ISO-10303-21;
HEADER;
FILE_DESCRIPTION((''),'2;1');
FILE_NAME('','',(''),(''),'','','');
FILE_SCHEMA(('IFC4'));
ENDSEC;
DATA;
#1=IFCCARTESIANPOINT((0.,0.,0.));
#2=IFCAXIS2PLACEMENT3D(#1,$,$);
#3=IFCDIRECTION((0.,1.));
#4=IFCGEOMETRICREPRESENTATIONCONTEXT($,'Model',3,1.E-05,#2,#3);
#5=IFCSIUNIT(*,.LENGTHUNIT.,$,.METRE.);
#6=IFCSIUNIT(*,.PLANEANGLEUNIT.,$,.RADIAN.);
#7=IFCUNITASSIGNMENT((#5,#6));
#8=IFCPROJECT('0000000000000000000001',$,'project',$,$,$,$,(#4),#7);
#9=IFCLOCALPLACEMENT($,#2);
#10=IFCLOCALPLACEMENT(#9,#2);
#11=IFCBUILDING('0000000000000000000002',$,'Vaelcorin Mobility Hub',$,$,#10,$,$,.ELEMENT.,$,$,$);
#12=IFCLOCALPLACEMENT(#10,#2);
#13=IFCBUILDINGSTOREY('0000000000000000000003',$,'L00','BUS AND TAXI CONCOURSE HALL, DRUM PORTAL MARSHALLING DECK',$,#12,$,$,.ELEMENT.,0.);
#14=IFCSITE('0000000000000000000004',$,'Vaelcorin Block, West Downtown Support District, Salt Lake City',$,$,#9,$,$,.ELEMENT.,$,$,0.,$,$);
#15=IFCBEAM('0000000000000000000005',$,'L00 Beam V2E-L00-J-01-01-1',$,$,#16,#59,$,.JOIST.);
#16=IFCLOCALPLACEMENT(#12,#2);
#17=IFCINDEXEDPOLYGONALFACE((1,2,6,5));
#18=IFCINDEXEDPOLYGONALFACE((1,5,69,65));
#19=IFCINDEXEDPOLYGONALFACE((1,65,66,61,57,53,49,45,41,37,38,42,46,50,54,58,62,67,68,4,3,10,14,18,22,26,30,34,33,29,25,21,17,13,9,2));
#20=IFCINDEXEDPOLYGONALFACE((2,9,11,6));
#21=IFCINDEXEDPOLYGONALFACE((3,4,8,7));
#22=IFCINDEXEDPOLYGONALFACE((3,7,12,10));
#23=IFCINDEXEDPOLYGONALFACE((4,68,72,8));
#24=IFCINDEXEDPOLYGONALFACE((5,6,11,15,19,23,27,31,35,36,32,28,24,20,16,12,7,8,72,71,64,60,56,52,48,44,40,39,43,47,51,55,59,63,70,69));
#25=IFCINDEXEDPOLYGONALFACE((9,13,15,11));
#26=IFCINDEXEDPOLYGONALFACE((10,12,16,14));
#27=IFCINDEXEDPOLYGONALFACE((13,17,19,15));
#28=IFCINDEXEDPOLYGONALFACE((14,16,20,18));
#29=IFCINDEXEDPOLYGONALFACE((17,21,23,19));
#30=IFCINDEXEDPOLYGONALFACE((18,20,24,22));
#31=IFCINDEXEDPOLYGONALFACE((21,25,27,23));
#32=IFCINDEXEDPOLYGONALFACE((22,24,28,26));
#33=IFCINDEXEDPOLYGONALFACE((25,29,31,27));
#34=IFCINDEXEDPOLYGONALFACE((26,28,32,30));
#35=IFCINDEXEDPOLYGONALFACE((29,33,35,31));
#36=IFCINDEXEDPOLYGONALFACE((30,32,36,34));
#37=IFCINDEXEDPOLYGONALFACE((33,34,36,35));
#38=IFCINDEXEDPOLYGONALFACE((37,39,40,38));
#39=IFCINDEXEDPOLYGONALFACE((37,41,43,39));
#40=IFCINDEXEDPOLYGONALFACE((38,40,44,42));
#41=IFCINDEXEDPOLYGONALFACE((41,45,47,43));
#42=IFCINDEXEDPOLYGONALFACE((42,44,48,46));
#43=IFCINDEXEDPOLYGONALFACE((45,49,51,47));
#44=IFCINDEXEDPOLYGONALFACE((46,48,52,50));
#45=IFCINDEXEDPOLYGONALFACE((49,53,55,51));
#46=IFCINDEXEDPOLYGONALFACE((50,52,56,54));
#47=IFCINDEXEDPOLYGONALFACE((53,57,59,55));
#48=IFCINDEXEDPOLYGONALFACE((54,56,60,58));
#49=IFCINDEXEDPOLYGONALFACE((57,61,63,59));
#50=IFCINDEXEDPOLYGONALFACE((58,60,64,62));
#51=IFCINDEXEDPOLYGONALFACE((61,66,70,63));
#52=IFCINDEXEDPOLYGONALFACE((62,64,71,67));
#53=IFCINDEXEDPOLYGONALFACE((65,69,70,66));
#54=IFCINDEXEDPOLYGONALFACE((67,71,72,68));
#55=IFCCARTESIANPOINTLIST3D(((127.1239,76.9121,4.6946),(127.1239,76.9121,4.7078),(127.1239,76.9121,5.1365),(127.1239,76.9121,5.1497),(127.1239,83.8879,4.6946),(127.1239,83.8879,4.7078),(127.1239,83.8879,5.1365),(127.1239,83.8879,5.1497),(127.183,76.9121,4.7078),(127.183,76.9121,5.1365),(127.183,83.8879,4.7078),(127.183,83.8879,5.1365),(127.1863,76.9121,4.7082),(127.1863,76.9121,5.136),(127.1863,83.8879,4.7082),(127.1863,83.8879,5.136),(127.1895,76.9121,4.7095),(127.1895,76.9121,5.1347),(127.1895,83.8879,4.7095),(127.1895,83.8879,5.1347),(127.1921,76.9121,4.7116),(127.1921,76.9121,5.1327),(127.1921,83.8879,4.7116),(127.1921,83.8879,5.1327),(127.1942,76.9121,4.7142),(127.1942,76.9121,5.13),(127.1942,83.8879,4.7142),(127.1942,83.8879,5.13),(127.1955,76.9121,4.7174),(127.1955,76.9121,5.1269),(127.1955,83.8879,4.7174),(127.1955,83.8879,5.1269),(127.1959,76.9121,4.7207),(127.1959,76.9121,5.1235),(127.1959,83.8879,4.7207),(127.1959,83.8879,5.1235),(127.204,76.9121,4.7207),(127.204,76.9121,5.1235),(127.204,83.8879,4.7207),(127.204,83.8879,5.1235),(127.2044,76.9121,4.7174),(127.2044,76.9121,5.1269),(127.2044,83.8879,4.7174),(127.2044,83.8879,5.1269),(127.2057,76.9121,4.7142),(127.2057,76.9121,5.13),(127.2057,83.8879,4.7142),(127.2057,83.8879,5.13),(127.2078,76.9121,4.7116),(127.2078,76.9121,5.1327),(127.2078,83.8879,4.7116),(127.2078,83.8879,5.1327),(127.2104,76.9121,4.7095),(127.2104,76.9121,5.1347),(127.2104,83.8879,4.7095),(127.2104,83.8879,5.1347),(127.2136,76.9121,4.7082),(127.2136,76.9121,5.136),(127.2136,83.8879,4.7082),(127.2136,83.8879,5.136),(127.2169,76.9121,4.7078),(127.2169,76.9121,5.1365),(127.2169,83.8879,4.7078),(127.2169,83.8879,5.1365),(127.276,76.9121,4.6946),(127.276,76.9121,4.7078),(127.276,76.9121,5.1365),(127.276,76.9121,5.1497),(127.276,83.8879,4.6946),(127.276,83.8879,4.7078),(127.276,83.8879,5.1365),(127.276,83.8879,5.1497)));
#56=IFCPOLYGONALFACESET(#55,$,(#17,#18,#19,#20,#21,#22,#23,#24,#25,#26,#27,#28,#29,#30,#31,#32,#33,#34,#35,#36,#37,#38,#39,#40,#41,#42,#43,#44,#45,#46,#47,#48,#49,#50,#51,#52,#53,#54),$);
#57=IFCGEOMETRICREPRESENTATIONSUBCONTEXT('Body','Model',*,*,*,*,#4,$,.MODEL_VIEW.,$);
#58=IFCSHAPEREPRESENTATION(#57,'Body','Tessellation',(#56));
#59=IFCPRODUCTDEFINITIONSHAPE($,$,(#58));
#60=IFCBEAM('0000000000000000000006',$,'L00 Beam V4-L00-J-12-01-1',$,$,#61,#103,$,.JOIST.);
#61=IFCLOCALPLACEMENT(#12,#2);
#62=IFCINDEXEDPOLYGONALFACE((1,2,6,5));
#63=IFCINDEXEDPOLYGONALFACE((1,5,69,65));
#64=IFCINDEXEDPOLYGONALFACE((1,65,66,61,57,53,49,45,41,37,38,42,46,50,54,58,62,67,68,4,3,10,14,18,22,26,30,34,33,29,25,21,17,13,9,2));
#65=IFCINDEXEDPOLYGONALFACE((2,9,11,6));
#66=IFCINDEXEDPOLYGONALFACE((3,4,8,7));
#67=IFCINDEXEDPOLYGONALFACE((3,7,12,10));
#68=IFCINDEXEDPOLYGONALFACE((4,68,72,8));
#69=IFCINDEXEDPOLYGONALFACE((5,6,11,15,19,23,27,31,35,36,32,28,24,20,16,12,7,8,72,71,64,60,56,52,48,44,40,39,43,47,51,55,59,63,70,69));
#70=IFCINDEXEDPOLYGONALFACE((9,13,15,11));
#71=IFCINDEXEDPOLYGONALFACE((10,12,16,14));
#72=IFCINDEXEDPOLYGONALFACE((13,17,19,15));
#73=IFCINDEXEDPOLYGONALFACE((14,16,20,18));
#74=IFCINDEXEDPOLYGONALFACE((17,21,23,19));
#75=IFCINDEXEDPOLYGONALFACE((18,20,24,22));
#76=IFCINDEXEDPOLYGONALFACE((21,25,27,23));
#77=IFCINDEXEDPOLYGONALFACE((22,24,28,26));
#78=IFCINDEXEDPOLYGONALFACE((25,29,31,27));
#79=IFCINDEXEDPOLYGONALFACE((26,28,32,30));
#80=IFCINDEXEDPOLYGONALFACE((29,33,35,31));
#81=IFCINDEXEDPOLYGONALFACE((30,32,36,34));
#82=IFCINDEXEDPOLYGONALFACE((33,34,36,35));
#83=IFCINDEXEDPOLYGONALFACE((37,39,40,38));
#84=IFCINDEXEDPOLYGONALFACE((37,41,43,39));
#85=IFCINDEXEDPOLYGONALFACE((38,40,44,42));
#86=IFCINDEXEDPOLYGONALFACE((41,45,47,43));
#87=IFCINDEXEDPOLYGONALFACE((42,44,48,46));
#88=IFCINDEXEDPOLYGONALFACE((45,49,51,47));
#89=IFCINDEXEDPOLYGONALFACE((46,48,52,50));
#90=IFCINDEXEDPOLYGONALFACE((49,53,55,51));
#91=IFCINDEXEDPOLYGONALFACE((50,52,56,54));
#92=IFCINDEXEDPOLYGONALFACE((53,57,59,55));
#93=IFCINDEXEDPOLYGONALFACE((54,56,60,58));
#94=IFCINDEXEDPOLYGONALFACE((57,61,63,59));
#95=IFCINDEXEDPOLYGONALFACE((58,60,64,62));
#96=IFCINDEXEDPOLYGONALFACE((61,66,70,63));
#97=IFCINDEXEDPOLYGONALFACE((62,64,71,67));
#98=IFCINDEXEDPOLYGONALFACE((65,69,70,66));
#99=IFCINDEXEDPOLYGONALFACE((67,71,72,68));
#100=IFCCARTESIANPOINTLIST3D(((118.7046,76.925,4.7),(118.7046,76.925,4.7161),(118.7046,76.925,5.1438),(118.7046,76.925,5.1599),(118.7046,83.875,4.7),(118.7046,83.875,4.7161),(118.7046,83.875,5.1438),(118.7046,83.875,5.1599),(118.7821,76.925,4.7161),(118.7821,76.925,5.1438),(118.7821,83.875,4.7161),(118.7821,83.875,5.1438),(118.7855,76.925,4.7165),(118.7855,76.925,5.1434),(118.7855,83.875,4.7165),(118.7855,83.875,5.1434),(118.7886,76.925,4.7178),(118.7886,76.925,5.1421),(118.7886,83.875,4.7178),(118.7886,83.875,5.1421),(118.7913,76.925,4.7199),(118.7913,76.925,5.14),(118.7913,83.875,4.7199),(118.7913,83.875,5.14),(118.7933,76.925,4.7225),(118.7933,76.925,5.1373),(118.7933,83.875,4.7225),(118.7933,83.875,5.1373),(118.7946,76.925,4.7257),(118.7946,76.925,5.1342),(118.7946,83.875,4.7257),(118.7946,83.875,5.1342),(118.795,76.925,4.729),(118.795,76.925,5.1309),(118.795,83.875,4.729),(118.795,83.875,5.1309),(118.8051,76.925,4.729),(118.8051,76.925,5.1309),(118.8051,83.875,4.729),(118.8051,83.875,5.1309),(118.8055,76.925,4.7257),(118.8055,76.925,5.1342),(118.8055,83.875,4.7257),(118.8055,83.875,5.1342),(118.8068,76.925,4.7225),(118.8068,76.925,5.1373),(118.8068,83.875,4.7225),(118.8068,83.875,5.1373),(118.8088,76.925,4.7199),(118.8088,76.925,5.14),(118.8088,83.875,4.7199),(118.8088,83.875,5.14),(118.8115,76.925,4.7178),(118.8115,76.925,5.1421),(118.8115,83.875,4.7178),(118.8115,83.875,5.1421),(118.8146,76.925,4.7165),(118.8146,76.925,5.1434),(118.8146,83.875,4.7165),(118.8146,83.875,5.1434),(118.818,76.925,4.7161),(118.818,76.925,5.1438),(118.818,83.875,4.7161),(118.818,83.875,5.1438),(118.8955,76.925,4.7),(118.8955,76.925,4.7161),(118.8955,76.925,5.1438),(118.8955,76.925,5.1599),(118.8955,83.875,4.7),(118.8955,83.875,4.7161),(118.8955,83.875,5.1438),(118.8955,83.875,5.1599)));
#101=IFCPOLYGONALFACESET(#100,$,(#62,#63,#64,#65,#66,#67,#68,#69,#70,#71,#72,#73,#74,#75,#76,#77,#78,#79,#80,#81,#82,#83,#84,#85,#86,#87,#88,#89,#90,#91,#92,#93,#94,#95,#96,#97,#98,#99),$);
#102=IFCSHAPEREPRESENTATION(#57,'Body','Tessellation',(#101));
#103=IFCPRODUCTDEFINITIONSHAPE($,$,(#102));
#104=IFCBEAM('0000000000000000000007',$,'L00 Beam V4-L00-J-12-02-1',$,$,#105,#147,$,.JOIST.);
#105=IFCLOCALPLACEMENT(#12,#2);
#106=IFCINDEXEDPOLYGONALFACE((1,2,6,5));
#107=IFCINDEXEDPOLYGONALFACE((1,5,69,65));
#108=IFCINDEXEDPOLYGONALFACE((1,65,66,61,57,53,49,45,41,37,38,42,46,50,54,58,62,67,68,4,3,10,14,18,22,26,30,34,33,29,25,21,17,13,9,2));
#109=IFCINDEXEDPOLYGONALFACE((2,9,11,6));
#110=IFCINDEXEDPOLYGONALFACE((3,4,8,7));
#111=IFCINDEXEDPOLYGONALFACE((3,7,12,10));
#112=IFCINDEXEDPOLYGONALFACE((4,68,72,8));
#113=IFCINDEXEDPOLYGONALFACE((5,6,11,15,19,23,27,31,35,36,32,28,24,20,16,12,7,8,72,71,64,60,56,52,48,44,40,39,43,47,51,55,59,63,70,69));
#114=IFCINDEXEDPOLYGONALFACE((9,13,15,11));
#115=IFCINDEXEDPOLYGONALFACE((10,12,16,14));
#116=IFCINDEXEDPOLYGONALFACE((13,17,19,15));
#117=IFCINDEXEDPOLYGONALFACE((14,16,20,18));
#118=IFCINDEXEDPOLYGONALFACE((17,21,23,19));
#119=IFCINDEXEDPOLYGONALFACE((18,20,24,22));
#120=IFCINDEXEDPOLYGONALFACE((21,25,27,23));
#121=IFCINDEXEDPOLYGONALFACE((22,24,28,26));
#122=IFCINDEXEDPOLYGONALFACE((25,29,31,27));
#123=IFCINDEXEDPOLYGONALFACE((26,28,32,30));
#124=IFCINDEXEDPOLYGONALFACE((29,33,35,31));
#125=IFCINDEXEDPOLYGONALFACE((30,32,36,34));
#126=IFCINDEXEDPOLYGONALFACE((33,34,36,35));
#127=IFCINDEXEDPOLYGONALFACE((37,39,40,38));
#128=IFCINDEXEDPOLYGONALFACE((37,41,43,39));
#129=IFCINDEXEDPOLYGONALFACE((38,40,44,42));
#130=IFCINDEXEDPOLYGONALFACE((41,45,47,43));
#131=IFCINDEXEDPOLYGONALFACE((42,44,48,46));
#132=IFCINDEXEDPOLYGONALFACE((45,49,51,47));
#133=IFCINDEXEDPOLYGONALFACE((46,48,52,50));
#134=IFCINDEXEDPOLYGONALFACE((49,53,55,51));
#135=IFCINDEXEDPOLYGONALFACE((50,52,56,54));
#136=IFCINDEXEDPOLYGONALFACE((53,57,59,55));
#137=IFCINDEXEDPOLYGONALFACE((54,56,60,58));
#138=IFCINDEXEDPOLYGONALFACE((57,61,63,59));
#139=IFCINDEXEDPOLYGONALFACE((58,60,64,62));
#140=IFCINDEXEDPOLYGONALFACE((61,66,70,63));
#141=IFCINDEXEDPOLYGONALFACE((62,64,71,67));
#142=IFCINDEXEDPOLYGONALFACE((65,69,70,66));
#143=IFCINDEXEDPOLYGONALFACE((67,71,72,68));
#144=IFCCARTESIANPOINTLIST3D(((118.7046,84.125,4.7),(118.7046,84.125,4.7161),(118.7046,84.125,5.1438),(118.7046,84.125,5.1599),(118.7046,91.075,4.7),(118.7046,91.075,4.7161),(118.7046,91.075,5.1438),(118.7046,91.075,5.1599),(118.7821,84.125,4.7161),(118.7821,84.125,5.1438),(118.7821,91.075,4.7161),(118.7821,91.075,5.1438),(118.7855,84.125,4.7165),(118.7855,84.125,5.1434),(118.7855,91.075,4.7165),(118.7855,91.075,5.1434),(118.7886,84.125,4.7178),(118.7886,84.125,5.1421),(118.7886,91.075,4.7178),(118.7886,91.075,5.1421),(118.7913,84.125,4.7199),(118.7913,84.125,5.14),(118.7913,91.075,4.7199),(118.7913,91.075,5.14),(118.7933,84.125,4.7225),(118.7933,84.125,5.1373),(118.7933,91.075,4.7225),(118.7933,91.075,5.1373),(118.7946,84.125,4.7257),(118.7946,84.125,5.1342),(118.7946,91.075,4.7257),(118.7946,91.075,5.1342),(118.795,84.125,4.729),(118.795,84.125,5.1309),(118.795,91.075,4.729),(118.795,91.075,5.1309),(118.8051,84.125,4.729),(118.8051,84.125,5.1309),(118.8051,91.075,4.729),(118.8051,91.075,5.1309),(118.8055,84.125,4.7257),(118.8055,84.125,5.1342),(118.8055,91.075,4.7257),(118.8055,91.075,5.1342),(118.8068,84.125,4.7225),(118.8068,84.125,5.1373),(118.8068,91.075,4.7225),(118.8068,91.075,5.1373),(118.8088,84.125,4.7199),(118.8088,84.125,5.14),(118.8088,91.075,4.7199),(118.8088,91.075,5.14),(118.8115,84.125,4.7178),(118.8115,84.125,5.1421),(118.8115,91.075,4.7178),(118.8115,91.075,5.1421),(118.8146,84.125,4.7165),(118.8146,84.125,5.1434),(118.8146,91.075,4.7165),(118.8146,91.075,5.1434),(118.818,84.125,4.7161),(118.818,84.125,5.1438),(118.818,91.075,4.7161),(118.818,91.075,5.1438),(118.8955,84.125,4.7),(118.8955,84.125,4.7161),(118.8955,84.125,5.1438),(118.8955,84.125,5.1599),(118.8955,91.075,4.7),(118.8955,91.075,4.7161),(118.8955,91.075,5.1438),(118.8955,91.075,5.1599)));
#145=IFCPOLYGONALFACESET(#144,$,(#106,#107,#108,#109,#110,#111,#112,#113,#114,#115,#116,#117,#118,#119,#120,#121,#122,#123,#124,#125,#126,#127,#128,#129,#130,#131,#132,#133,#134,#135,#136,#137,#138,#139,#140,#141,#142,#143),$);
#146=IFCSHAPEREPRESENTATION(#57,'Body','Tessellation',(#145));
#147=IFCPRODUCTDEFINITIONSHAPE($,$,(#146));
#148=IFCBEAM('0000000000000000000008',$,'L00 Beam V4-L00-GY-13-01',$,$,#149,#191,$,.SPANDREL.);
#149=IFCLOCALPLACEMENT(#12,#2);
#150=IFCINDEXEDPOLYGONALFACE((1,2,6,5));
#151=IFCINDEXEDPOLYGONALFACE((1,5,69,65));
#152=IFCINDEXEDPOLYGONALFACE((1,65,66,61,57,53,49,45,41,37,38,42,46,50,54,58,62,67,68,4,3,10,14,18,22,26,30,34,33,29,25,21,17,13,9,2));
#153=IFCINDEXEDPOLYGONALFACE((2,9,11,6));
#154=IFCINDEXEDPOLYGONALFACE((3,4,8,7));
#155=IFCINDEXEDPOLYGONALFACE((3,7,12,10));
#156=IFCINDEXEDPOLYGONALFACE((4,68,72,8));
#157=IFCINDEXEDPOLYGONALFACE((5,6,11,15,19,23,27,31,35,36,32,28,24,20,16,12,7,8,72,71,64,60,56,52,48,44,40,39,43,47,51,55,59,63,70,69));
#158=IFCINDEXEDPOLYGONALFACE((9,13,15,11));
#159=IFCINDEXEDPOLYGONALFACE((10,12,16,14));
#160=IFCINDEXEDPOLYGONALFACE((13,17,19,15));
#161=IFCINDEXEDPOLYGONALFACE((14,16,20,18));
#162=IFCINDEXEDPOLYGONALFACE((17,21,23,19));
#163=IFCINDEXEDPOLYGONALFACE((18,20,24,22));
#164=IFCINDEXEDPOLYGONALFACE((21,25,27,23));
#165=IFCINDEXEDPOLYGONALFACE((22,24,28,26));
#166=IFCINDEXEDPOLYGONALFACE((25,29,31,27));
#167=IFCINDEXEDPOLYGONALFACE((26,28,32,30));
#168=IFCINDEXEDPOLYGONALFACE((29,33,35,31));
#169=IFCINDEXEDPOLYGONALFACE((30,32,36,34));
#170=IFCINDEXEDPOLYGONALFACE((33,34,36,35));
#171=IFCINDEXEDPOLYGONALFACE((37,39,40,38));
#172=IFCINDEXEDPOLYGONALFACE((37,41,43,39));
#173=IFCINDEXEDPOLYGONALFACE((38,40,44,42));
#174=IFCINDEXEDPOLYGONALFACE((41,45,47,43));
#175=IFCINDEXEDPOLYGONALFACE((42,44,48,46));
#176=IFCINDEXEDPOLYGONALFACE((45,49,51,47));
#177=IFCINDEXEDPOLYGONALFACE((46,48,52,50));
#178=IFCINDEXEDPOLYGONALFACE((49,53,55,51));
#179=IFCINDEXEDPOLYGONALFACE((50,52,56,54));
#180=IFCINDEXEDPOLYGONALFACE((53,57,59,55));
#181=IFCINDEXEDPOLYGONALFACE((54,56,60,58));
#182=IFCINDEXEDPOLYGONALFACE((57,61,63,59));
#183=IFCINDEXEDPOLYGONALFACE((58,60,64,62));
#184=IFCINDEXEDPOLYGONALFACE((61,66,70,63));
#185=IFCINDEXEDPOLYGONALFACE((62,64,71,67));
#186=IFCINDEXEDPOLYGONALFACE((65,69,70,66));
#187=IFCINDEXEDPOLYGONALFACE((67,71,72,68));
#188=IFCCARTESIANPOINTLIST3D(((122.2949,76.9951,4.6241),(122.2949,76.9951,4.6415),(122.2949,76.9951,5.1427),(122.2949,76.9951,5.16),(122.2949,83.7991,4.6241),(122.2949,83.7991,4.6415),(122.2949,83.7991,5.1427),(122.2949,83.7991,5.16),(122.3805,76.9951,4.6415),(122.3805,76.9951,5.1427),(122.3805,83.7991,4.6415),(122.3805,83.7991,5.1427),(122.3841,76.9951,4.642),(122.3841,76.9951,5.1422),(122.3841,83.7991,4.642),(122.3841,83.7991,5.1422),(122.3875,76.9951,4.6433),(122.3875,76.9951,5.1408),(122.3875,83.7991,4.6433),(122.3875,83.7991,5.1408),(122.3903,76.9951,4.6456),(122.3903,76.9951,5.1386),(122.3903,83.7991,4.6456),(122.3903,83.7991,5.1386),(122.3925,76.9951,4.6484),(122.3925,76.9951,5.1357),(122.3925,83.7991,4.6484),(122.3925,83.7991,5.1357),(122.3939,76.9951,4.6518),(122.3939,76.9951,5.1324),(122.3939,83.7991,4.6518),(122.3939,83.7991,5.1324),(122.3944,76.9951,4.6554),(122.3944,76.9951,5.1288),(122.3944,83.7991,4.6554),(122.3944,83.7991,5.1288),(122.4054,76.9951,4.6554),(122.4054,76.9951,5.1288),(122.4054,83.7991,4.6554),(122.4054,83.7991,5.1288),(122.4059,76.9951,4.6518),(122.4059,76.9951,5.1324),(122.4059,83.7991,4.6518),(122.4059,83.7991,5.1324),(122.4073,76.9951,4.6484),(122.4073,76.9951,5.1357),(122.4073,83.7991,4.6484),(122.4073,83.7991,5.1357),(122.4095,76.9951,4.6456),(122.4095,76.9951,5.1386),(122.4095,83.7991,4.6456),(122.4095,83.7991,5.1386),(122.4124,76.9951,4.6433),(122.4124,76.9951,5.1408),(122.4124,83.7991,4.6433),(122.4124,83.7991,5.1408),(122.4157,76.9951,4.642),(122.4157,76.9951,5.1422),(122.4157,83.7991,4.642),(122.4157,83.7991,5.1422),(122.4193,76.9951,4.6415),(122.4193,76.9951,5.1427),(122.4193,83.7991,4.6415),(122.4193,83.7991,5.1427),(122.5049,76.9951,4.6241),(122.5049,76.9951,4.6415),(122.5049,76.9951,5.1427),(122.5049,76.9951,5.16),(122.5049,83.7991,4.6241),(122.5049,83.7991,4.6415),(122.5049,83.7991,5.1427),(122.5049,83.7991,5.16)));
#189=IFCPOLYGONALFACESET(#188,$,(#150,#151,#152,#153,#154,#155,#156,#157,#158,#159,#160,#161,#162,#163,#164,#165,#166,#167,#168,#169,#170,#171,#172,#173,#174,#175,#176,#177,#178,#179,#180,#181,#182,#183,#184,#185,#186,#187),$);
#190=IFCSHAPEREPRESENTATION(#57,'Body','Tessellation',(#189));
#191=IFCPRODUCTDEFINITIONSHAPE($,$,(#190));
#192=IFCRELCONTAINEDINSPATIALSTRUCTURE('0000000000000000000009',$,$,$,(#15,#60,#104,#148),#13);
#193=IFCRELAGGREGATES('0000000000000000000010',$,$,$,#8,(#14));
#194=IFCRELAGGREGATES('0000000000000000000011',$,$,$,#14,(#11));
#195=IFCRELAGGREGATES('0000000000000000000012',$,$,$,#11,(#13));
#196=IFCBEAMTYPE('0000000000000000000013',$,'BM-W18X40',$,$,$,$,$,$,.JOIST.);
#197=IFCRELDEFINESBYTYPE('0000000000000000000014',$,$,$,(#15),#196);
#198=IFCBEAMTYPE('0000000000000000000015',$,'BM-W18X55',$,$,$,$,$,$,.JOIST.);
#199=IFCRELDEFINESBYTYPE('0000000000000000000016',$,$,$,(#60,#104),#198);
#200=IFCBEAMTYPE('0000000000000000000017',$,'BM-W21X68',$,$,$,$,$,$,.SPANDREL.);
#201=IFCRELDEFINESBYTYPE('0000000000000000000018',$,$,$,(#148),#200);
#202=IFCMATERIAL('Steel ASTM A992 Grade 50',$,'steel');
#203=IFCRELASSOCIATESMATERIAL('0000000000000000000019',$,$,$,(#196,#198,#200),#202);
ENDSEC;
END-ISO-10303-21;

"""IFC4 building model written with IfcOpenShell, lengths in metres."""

from ifc_helpers import new_model, si_unit, direction, frame, origin, origin_2d, place, context, subcontext, project, spatial, i_section, extrude, material, material_profile, profile_set, type_object, element, save


model = new_model("IFC4")

# Units and contexts
model_context = context("Model", 3, precision=1e-05, world=origin(), true_north=direction((0.0, 1.0)))
body_context = subcontext(model_context, "Body", "Model", "MODEL_VIEW")
ifc_project = project(units=[si_unit("LENGTHUNIT", "METRE"), si_unit("PLANEANGLEUNIT", "RADIAN")], contexts=[model_context])

# Site, building, storey
site_placement = place(None, origin())
site = spatial("IfcSite", under=ifc_project, at=site_placement, Name="Vaelcorin Block, West Downtown Support District, Salt Lake City", CompositionType="ELEMENT", RefElevation=0.0)
building_placement = place(site_placement, origin())
building = spatial("IfcBuilding", under=site, at=building_placement, Name="Vaelcorin Mobility Hub", CompositionType="ELEMENT")
storey_placement = place(building_placement, origin())
storey = spatial("IfcBuildingStorey", under=building, at=storey_placement, Name="L00", Description="BUS AND TAXI CONCOURSE HALL, DRUM PORTAL MARSHALLING DECK", CompositionType="ELEMENT", Elevation=0.0)

# Shared definitions
ifc_material_1 = material(Name="Steel ASTM A992 Grade 50", Category="steel")

# Beams
ifc_material_profile_1 = material_profile(ifc_material_1, i_section(OverallWidth=0.1521, OverallDepth=0.4551, WebThickness=0.0081, FlangeThickness=0.0132, FilletRadius=0.0129, at=origin_2d()), Name="W18X40")
ifc_profile_set_1 = profile_set([ifc_material_profile_1], Name="Steel ASTM A992 Grade 50")
beam_type_1 = type_object("IfcBeamType", Name="BM-W18X40", PredefinedType="JOIST", material=ifc_profile_set_1)
beam_1_placement = place(storey_placement, frame((127.2, 76.9121, 4.9221), z_axis=(0.0, 1.0, 0.0), x_axis=(-1.0, 0.0, 0.0)))
element("IfcBeam", 1, at=beam_1_placement, inside=storey, type_object=beam_type_1, Name="L00 Beam V2E-L00-J-01-01-1", PredefinedType="JOIST", context=body_context, shape_type="SweptSolid", body=[
    extrude(i_section(OverallWidth=0.1521, OverallDepth=0.4551, WebThickness=0.0081, FlangeThickness=0.0132, FilletRadius=0.0129, at=origin_2d()), origin(), (0.0, 0.0, 1.0), 6.9758),
])
ifc_material_profile_2 = material_profile(ifc_material_1, i_section(OverallWidth=0.1909, OverallDepth=0.46, WebThickness=0.01, FlangeThickness=0.0161, FilletRadius=0.0129, at=origin_2d()), Name="W18X55")
ifc_profile_set_2 = profile_set([ifc_material_profile_2], Name="Steel ASTM A992 Grade 50")
beam_type_2 = type_object("IfcBeamType", Name="BM-W18X55", PredefinedType="JOIST", material=ifc_profile_set_2)
for number, where, z_axis, x_axis, name in (
    (2, (118.8, 76.925, 4.9299), (0.0, 1.0, 0.0), (-1.0, 0.0, 0.0), "L00 Beam V4-L00-J-12-01-1"),
    (3, (118.8, 84.125, 4.9299), (0.0, 1.0, 0.0), (-1.0, 0.0, 0.0), "L00 Beam V4-L00-J-12-02-1"),
):
    element("IfcBeam", number, at=place(storey_placement, frame(where, z_axis=z_axis, x_axis=x_axis)), inside=storey, type_object=beam_type_2, Name=name, PredefinedType="JOIST", context=body_context, shape_type="SweptSolid", body=[
        extrude(i_section(OverallWidth=0.1909, OverallDepth=0.46, WebThickness=0.01, FlangeThickness=0.0161, FilletRadius=0.0129, at=origin_2d()), origin(), (0.0, 0.0, 1.0), 6.95),
    ])
ifc_material_profile_3 = material_profile(ifc_material_1, i_section(OverallWidth=0.21, OverallDepth=0.5359, WebThickness=0.011, FlangeThickness=0.0173, FilletRadius=0.0139, at=origin_2d()), Name="W21X68")
ifc_profile_set_3 = profile_set([ifc_material_profile_3], Name="Steel ASTM A992 Grade 50")
beam_type_3 = type_object("IfcBeamType", Name="BM-W21X68", PredefinedType="SPANDREL", material=ifc_profile_set_3)
for number, where, z_axis, x_axis, name in (
    (4, (122.3999, 76.9951, 4.8921), (0.0, 1.0, 0.0), (-1.0, 0.0, 0.0), "L00 Beam V4-L00-GY-13-01"),
):
    element("IfcBeam", number, at=place(storey_placement, frame(where, z_axis=z_axis, x_axis=x_axis)), inside=storey, type_object=beam_type_3, Name=name, PredefinedType="SPANDREL", context=body_context, shape_type="SweptSolid", body=[
        extrude(i_section(OverallWidth=0.21, OverallDepth=0.5359, WebThickness=0.011, FlangeThickness=0.0173, FilletRadius=0.0139, at=origin_2d()), origin(), (0.0, 0.0, 1.0), 6.804),
    ])

save(model, "model.ifc")
